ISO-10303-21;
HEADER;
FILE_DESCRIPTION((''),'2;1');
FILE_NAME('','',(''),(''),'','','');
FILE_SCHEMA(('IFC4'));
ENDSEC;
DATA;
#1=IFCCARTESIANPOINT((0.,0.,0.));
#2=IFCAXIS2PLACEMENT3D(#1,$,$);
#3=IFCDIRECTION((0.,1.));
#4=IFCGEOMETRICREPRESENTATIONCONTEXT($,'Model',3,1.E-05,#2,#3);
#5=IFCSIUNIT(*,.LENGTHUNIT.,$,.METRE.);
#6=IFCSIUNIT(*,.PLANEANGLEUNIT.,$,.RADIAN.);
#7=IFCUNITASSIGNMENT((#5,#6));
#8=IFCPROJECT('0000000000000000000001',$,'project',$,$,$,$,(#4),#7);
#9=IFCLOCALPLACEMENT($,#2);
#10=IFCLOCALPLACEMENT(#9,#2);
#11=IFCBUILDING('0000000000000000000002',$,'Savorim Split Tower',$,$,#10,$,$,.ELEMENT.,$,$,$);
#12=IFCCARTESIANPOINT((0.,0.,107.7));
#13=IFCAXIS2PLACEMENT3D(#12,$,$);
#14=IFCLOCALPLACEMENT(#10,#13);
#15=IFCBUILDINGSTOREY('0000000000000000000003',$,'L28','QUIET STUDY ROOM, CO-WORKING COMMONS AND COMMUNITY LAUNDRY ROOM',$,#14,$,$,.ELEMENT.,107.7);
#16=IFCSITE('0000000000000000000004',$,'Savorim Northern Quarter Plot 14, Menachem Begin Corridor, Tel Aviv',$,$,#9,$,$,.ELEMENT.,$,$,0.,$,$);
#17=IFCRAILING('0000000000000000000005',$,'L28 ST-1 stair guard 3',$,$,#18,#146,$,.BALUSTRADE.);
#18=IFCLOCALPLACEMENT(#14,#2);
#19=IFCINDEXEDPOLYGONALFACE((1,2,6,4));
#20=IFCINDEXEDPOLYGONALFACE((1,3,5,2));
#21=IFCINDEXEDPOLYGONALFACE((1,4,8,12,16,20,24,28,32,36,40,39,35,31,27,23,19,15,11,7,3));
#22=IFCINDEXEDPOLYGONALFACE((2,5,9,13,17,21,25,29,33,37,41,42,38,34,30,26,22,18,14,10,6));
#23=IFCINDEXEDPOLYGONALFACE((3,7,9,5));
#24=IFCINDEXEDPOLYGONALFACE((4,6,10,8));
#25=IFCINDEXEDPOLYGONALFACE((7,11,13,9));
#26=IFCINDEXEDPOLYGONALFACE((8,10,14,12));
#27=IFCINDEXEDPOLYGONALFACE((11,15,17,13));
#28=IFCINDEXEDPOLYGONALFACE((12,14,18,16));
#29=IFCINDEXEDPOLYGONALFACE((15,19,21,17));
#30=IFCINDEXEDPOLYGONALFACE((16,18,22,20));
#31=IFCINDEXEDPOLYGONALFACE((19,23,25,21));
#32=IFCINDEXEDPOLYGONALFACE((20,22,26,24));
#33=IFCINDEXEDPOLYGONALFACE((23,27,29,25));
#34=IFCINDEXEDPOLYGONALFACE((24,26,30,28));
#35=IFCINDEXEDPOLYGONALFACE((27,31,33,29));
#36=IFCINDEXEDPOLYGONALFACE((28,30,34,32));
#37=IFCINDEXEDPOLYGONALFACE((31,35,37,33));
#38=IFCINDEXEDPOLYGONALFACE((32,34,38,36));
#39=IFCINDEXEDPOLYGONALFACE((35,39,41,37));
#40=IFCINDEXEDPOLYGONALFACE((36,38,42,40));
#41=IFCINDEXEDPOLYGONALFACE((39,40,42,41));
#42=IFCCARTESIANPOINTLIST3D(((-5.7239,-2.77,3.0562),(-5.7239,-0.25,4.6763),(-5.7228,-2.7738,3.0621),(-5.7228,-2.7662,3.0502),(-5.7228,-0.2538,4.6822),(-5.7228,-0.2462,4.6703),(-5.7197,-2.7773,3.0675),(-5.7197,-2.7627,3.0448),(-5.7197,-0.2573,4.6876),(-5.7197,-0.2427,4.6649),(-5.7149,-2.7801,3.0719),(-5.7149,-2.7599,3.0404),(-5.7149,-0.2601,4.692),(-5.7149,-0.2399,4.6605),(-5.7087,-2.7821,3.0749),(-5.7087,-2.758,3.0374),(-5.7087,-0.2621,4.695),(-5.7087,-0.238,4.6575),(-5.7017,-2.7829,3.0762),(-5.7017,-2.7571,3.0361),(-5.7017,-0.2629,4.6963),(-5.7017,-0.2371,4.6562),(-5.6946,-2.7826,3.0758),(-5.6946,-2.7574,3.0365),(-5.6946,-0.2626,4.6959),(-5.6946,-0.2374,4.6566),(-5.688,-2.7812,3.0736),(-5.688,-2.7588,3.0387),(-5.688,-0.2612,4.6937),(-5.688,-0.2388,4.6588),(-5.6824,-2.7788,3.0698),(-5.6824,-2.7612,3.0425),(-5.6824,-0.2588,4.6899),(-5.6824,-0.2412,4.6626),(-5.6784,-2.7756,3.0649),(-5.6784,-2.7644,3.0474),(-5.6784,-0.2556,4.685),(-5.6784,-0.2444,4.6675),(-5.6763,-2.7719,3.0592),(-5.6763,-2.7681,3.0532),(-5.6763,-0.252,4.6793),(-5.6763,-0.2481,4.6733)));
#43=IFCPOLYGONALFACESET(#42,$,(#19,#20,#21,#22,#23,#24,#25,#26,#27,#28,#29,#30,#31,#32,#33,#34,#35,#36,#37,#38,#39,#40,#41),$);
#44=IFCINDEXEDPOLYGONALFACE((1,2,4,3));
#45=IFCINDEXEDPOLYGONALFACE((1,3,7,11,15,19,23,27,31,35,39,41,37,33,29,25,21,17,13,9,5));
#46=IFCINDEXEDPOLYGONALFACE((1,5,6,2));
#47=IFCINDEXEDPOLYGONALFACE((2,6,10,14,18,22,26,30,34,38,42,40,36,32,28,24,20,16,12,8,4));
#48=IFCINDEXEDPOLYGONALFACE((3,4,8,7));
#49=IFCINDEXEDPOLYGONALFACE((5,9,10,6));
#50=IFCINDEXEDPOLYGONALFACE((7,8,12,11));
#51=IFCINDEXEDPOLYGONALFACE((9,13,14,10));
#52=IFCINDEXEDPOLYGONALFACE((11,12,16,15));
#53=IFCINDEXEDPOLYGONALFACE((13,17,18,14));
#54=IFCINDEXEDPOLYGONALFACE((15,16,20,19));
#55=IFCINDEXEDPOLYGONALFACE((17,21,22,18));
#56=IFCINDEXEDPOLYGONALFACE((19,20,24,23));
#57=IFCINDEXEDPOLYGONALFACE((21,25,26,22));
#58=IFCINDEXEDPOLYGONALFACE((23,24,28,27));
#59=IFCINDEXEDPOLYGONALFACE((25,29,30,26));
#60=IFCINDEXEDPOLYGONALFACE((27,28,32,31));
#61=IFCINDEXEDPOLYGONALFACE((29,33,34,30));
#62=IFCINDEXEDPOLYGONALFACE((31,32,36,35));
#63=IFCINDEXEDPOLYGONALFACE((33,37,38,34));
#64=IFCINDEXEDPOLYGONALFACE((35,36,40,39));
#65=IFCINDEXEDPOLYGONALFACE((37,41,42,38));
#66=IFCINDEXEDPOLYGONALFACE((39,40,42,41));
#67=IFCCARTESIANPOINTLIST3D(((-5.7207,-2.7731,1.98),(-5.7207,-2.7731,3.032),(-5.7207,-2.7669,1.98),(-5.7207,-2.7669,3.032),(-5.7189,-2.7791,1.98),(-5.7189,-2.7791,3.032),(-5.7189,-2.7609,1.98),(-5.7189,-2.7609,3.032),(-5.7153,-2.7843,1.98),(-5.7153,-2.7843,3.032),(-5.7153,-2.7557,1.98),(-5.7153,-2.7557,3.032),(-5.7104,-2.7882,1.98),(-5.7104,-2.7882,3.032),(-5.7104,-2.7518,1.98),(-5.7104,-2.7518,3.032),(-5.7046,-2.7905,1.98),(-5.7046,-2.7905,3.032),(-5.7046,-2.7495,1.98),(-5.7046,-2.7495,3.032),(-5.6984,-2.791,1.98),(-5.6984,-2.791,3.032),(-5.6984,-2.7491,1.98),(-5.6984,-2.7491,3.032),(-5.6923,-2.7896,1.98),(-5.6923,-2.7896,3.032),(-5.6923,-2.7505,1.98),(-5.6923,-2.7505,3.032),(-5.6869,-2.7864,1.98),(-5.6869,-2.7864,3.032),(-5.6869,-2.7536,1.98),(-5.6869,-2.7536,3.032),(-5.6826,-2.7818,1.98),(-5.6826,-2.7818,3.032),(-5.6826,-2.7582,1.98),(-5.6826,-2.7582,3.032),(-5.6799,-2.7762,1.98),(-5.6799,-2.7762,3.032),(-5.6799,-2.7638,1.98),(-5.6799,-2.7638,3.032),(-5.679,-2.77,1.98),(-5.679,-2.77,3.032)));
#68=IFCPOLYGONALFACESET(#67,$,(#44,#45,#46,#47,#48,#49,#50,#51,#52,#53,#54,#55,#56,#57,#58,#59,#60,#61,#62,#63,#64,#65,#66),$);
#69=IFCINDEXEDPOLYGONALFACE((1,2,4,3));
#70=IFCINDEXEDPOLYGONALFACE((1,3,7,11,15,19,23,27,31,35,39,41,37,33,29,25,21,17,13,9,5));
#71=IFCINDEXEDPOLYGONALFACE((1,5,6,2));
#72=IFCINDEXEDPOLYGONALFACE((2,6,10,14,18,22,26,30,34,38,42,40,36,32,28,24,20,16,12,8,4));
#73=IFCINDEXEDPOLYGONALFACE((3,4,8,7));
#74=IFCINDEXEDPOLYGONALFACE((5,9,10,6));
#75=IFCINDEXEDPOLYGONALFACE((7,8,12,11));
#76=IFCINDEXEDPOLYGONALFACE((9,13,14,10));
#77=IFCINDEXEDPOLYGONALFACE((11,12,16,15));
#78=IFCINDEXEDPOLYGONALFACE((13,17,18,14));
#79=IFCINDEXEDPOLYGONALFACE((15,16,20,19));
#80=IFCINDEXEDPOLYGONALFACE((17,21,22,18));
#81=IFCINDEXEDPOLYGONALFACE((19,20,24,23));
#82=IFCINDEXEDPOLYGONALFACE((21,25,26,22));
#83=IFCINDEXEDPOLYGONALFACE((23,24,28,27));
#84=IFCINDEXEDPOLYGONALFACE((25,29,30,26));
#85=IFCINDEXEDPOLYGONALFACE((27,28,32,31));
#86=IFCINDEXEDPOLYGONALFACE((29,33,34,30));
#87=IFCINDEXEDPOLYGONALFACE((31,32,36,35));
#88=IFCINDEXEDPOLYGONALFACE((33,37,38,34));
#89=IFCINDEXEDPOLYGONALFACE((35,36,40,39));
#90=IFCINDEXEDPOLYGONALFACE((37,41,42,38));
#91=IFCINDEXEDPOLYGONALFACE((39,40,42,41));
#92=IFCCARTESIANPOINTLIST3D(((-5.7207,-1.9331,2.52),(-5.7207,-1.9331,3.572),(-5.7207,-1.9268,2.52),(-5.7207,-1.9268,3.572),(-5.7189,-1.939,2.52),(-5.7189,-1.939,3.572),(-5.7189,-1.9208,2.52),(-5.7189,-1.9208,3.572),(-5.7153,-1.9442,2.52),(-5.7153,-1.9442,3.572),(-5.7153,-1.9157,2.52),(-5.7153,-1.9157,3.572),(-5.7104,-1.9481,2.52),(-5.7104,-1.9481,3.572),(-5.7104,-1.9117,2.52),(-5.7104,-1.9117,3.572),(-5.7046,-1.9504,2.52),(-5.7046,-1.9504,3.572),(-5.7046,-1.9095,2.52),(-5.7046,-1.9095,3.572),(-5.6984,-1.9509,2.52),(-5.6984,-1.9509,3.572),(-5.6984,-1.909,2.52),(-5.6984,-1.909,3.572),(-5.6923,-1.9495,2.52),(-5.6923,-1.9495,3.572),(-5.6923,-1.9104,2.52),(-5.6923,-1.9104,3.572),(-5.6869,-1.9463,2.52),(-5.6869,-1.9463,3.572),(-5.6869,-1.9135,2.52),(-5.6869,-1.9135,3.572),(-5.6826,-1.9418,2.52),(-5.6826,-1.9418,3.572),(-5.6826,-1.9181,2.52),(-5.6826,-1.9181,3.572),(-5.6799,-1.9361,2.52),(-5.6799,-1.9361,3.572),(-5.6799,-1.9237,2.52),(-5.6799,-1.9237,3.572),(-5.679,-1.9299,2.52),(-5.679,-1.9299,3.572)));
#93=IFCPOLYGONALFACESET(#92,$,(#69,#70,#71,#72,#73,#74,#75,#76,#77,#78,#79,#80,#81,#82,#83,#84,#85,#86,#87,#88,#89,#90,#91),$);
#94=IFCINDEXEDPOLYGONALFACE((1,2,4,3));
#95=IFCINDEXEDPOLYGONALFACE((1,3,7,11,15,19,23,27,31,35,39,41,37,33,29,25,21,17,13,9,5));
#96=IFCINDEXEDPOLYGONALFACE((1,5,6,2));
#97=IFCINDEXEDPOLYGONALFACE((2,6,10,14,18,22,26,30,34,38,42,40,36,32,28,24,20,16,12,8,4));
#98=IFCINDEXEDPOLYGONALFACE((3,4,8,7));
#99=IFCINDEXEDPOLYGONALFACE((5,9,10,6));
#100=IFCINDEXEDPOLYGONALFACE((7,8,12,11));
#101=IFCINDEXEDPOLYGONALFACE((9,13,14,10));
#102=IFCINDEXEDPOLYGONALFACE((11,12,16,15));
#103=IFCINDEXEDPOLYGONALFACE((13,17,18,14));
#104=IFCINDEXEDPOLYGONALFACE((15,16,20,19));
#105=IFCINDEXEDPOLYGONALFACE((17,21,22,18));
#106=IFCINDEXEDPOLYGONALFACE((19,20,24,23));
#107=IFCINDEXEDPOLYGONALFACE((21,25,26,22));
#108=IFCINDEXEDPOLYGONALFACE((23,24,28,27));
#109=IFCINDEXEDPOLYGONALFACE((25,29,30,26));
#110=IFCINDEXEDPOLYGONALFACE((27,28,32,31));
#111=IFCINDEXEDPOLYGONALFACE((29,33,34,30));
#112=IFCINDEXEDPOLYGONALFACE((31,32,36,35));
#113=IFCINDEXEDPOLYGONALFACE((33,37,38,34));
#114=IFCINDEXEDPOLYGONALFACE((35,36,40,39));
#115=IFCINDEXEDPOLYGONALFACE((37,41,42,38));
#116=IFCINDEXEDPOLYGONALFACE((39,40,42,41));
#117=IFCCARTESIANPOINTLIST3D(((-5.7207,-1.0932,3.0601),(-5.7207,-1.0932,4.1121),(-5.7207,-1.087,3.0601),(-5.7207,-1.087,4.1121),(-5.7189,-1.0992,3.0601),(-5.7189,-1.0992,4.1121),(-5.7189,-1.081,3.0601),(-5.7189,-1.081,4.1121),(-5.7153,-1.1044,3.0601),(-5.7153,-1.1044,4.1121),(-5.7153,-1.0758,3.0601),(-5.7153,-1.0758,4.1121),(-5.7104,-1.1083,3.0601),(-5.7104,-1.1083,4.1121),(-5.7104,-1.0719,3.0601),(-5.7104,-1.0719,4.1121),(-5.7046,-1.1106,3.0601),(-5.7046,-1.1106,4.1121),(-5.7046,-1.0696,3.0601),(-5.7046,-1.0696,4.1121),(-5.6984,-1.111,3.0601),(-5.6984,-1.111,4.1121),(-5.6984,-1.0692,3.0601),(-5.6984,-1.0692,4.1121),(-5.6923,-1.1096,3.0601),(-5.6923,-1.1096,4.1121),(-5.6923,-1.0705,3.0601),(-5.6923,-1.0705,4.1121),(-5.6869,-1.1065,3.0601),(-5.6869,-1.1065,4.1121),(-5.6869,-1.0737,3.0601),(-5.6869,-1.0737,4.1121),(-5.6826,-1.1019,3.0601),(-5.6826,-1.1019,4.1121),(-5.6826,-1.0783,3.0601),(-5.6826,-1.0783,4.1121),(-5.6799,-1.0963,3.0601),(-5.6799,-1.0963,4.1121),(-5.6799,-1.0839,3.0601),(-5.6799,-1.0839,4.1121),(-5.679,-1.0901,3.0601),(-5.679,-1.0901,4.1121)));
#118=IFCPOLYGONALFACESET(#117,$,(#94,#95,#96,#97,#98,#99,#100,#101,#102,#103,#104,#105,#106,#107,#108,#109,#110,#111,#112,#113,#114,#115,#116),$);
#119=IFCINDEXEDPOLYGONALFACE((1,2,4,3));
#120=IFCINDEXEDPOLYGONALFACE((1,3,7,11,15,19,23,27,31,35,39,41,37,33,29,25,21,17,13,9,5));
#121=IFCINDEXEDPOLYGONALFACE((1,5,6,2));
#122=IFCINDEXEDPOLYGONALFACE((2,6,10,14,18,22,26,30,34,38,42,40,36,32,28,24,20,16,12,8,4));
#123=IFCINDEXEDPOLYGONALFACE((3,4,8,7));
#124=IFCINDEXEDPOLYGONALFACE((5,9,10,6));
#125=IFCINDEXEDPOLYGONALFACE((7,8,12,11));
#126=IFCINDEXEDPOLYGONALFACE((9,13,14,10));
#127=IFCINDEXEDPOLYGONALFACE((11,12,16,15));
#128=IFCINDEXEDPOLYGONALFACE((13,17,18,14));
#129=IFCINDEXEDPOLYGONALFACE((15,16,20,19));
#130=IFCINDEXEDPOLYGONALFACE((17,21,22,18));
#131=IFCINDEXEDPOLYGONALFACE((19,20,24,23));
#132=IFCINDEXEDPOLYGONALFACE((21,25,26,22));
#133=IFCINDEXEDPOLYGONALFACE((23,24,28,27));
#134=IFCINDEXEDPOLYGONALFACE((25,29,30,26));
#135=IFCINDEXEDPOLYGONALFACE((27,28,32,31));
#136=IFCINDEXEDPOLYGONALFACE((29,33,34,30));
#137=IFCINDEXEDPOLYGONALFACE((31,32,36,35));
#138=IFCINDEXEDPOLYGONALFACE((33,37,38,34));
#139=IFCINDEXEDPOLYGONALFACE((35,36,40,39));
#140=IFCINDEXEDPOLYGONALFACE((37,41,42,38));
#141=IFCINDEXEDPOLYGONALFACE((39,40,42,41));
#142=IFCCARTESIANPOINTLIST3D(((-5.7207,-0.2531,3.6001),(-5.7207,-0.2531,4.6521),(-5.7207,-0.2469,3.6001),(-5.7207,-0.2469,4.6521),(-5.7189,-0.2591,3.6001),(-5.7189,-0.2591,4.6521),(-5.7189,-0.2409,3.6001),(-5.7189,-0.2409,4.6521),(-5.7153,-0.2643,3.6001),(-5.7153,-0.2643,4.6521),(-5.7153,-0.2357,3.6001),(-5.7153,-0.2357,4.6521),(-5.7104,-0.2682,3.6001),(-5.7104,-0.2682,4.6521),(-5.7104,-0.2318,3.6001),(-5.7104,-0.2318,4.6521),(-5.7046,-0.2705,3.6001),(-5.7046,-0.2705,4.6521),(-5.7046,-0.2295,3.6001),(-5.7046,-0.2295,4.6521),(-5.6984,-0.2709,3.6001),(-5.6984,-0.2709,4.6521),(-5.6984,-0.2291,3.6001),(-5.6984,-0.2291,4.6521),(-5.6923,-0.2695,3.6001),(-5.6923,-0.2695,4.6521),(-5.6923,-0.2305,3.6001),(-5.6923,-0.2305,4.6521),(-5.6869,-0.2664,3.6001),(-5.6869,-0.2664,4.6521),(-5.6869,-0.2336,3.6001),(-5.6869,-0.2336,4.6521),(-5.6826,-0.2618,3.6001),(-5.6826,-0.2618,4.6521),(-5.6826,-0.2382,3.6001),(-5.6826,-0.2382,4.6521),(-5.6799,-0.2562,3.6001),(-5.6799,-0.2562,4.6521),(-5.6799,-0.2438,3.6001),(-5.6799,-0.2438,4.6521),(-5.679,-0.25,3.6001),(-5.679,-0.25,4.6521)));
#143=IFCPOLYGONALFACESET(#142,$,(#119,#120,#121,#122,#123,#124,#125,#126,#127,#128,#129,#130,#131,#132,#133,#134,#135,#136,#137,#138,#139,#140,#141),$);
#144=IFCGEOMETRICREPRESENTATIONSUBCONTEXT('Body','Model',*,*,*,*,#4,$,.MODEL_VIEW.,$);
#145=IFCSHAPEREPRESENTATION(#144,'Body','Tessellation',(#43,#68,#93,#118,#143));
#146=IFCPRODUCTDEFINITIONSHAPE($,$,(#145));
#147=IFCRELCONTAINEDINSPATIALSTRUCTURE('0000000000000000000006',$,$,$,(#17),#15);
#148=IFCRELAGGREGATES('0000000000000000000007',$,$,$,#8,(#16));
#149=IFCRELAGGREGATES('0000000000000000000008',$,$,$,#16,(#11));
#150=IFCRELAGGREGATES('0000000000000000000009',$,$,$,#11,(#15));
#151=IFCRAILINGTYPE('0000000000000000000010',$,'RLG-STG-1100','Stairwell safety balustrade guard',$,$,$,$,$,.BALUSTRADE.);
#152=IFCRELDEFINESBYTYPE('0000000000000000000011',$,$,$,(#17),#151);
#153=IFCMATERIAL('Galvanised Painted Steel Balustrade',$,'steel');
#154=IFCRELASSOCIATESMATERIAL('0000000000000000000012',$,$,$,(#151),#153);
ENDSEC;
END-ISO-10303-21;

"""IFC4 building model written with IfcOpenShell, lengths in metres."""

from ifc_helpers import new_model, si_unit, direction, frame, origin, origin_2d, place, context, subcontext, project, spatial, circle, extrude, material, type_object, element, save


model = new_model("IFC4")

# Units and contexts
model_context = context("Model", 3, precision=1e-05, world=origin(), true_north=direction((0.0, 1.0)))
body_context = subcontext(model_context, "Body", "Model", "MODEL_VIEW")
ifc_project = project(units=[si_unit("LENGTHUNIT", "METRE"), si_unit("PLANEANGLEUNIT", "RADIAN")], contexts=[model_context])

# Site, building, storey
site_placement = place(None, origin())
site = spatial("IfcSite", under=ifc_project, at=site_placement, Name="Savorim Northern Quarter Plot 14, Menachem Begin Corridor, Tel Aviv", CompositionType="ELEMENT", RefElevation=0.0)
building_placement = place(site_placement, origin())
building = spatial("IfcBuilding", under=site, at=building_placement, Name="Savorim Split Tower", CompositionType="ELEMENT")
storey_placement = place(building_placement, frame((0.0, 0.0, 107.7)))
storey = spatial("IfcBuildingStorey", under=building, at=storey_placement, Name="L28", Description="QUIET STUDY ROOM, CO-WORKING COMMONS AND COMMUNITY LAUNDRY ROOM", CompositionType="ELEMENT", Elevation=107.7)

# Railing
ifc_material_1 = material(Name="Galvanised Painted Steel Balustrade", Category="steel")
railing_type_1 = type_object("IfcRailingType", Name="RLG-STG-1100", Description="Stairwell safety balustrade guard", PredefinedType="BALUSTRADE", material=ifc_material_1)
railing_1_placement = place(storey_placement, frame((-5.7, -2.77, 1.98)))
element("IfcRailing", 1, at=railing_1_placement, inside=storey, type_object=railing_type_1, Name="L28 ST-1 stair guard 3", PredefinedType="BALUSTRADE", context=body_context, shape_type="SweptSolid", body=[
    extrude(circle(Radius=0.0239, at=origin_2d()), frame((0.0, 0.0, 1.0762), z_axis=(0.0, 0.841163, 0.540782), x_axis=(-1.0, 0.0, 0.0)), (0.0, 0.0, 1.0), 2.9958),
    extrude(circle(Radius=0.021, at=origin_2d()), origin(), (0.0, 0.0, 1.0), 1.052),
    extrude(circle(Radius=0.021, at=origin_2d()), frame((0.0, 0.8401, 0.54)), (0.0, 0.0, 1.0), 1.052),
    extrude(circle(Radius=0.021, at=origin_2d()), frame((0.0, 1.6799, 1.0801)), (0.0, 0.0, 1.0), 1.052),
    extrude(circle(Radius=0.021, at=origin_2d()), frame((0.0, 2.52, 1.6201)), (0.0, 0.0, 1.0), 1.052),
])

save(model, "model.ifc")
